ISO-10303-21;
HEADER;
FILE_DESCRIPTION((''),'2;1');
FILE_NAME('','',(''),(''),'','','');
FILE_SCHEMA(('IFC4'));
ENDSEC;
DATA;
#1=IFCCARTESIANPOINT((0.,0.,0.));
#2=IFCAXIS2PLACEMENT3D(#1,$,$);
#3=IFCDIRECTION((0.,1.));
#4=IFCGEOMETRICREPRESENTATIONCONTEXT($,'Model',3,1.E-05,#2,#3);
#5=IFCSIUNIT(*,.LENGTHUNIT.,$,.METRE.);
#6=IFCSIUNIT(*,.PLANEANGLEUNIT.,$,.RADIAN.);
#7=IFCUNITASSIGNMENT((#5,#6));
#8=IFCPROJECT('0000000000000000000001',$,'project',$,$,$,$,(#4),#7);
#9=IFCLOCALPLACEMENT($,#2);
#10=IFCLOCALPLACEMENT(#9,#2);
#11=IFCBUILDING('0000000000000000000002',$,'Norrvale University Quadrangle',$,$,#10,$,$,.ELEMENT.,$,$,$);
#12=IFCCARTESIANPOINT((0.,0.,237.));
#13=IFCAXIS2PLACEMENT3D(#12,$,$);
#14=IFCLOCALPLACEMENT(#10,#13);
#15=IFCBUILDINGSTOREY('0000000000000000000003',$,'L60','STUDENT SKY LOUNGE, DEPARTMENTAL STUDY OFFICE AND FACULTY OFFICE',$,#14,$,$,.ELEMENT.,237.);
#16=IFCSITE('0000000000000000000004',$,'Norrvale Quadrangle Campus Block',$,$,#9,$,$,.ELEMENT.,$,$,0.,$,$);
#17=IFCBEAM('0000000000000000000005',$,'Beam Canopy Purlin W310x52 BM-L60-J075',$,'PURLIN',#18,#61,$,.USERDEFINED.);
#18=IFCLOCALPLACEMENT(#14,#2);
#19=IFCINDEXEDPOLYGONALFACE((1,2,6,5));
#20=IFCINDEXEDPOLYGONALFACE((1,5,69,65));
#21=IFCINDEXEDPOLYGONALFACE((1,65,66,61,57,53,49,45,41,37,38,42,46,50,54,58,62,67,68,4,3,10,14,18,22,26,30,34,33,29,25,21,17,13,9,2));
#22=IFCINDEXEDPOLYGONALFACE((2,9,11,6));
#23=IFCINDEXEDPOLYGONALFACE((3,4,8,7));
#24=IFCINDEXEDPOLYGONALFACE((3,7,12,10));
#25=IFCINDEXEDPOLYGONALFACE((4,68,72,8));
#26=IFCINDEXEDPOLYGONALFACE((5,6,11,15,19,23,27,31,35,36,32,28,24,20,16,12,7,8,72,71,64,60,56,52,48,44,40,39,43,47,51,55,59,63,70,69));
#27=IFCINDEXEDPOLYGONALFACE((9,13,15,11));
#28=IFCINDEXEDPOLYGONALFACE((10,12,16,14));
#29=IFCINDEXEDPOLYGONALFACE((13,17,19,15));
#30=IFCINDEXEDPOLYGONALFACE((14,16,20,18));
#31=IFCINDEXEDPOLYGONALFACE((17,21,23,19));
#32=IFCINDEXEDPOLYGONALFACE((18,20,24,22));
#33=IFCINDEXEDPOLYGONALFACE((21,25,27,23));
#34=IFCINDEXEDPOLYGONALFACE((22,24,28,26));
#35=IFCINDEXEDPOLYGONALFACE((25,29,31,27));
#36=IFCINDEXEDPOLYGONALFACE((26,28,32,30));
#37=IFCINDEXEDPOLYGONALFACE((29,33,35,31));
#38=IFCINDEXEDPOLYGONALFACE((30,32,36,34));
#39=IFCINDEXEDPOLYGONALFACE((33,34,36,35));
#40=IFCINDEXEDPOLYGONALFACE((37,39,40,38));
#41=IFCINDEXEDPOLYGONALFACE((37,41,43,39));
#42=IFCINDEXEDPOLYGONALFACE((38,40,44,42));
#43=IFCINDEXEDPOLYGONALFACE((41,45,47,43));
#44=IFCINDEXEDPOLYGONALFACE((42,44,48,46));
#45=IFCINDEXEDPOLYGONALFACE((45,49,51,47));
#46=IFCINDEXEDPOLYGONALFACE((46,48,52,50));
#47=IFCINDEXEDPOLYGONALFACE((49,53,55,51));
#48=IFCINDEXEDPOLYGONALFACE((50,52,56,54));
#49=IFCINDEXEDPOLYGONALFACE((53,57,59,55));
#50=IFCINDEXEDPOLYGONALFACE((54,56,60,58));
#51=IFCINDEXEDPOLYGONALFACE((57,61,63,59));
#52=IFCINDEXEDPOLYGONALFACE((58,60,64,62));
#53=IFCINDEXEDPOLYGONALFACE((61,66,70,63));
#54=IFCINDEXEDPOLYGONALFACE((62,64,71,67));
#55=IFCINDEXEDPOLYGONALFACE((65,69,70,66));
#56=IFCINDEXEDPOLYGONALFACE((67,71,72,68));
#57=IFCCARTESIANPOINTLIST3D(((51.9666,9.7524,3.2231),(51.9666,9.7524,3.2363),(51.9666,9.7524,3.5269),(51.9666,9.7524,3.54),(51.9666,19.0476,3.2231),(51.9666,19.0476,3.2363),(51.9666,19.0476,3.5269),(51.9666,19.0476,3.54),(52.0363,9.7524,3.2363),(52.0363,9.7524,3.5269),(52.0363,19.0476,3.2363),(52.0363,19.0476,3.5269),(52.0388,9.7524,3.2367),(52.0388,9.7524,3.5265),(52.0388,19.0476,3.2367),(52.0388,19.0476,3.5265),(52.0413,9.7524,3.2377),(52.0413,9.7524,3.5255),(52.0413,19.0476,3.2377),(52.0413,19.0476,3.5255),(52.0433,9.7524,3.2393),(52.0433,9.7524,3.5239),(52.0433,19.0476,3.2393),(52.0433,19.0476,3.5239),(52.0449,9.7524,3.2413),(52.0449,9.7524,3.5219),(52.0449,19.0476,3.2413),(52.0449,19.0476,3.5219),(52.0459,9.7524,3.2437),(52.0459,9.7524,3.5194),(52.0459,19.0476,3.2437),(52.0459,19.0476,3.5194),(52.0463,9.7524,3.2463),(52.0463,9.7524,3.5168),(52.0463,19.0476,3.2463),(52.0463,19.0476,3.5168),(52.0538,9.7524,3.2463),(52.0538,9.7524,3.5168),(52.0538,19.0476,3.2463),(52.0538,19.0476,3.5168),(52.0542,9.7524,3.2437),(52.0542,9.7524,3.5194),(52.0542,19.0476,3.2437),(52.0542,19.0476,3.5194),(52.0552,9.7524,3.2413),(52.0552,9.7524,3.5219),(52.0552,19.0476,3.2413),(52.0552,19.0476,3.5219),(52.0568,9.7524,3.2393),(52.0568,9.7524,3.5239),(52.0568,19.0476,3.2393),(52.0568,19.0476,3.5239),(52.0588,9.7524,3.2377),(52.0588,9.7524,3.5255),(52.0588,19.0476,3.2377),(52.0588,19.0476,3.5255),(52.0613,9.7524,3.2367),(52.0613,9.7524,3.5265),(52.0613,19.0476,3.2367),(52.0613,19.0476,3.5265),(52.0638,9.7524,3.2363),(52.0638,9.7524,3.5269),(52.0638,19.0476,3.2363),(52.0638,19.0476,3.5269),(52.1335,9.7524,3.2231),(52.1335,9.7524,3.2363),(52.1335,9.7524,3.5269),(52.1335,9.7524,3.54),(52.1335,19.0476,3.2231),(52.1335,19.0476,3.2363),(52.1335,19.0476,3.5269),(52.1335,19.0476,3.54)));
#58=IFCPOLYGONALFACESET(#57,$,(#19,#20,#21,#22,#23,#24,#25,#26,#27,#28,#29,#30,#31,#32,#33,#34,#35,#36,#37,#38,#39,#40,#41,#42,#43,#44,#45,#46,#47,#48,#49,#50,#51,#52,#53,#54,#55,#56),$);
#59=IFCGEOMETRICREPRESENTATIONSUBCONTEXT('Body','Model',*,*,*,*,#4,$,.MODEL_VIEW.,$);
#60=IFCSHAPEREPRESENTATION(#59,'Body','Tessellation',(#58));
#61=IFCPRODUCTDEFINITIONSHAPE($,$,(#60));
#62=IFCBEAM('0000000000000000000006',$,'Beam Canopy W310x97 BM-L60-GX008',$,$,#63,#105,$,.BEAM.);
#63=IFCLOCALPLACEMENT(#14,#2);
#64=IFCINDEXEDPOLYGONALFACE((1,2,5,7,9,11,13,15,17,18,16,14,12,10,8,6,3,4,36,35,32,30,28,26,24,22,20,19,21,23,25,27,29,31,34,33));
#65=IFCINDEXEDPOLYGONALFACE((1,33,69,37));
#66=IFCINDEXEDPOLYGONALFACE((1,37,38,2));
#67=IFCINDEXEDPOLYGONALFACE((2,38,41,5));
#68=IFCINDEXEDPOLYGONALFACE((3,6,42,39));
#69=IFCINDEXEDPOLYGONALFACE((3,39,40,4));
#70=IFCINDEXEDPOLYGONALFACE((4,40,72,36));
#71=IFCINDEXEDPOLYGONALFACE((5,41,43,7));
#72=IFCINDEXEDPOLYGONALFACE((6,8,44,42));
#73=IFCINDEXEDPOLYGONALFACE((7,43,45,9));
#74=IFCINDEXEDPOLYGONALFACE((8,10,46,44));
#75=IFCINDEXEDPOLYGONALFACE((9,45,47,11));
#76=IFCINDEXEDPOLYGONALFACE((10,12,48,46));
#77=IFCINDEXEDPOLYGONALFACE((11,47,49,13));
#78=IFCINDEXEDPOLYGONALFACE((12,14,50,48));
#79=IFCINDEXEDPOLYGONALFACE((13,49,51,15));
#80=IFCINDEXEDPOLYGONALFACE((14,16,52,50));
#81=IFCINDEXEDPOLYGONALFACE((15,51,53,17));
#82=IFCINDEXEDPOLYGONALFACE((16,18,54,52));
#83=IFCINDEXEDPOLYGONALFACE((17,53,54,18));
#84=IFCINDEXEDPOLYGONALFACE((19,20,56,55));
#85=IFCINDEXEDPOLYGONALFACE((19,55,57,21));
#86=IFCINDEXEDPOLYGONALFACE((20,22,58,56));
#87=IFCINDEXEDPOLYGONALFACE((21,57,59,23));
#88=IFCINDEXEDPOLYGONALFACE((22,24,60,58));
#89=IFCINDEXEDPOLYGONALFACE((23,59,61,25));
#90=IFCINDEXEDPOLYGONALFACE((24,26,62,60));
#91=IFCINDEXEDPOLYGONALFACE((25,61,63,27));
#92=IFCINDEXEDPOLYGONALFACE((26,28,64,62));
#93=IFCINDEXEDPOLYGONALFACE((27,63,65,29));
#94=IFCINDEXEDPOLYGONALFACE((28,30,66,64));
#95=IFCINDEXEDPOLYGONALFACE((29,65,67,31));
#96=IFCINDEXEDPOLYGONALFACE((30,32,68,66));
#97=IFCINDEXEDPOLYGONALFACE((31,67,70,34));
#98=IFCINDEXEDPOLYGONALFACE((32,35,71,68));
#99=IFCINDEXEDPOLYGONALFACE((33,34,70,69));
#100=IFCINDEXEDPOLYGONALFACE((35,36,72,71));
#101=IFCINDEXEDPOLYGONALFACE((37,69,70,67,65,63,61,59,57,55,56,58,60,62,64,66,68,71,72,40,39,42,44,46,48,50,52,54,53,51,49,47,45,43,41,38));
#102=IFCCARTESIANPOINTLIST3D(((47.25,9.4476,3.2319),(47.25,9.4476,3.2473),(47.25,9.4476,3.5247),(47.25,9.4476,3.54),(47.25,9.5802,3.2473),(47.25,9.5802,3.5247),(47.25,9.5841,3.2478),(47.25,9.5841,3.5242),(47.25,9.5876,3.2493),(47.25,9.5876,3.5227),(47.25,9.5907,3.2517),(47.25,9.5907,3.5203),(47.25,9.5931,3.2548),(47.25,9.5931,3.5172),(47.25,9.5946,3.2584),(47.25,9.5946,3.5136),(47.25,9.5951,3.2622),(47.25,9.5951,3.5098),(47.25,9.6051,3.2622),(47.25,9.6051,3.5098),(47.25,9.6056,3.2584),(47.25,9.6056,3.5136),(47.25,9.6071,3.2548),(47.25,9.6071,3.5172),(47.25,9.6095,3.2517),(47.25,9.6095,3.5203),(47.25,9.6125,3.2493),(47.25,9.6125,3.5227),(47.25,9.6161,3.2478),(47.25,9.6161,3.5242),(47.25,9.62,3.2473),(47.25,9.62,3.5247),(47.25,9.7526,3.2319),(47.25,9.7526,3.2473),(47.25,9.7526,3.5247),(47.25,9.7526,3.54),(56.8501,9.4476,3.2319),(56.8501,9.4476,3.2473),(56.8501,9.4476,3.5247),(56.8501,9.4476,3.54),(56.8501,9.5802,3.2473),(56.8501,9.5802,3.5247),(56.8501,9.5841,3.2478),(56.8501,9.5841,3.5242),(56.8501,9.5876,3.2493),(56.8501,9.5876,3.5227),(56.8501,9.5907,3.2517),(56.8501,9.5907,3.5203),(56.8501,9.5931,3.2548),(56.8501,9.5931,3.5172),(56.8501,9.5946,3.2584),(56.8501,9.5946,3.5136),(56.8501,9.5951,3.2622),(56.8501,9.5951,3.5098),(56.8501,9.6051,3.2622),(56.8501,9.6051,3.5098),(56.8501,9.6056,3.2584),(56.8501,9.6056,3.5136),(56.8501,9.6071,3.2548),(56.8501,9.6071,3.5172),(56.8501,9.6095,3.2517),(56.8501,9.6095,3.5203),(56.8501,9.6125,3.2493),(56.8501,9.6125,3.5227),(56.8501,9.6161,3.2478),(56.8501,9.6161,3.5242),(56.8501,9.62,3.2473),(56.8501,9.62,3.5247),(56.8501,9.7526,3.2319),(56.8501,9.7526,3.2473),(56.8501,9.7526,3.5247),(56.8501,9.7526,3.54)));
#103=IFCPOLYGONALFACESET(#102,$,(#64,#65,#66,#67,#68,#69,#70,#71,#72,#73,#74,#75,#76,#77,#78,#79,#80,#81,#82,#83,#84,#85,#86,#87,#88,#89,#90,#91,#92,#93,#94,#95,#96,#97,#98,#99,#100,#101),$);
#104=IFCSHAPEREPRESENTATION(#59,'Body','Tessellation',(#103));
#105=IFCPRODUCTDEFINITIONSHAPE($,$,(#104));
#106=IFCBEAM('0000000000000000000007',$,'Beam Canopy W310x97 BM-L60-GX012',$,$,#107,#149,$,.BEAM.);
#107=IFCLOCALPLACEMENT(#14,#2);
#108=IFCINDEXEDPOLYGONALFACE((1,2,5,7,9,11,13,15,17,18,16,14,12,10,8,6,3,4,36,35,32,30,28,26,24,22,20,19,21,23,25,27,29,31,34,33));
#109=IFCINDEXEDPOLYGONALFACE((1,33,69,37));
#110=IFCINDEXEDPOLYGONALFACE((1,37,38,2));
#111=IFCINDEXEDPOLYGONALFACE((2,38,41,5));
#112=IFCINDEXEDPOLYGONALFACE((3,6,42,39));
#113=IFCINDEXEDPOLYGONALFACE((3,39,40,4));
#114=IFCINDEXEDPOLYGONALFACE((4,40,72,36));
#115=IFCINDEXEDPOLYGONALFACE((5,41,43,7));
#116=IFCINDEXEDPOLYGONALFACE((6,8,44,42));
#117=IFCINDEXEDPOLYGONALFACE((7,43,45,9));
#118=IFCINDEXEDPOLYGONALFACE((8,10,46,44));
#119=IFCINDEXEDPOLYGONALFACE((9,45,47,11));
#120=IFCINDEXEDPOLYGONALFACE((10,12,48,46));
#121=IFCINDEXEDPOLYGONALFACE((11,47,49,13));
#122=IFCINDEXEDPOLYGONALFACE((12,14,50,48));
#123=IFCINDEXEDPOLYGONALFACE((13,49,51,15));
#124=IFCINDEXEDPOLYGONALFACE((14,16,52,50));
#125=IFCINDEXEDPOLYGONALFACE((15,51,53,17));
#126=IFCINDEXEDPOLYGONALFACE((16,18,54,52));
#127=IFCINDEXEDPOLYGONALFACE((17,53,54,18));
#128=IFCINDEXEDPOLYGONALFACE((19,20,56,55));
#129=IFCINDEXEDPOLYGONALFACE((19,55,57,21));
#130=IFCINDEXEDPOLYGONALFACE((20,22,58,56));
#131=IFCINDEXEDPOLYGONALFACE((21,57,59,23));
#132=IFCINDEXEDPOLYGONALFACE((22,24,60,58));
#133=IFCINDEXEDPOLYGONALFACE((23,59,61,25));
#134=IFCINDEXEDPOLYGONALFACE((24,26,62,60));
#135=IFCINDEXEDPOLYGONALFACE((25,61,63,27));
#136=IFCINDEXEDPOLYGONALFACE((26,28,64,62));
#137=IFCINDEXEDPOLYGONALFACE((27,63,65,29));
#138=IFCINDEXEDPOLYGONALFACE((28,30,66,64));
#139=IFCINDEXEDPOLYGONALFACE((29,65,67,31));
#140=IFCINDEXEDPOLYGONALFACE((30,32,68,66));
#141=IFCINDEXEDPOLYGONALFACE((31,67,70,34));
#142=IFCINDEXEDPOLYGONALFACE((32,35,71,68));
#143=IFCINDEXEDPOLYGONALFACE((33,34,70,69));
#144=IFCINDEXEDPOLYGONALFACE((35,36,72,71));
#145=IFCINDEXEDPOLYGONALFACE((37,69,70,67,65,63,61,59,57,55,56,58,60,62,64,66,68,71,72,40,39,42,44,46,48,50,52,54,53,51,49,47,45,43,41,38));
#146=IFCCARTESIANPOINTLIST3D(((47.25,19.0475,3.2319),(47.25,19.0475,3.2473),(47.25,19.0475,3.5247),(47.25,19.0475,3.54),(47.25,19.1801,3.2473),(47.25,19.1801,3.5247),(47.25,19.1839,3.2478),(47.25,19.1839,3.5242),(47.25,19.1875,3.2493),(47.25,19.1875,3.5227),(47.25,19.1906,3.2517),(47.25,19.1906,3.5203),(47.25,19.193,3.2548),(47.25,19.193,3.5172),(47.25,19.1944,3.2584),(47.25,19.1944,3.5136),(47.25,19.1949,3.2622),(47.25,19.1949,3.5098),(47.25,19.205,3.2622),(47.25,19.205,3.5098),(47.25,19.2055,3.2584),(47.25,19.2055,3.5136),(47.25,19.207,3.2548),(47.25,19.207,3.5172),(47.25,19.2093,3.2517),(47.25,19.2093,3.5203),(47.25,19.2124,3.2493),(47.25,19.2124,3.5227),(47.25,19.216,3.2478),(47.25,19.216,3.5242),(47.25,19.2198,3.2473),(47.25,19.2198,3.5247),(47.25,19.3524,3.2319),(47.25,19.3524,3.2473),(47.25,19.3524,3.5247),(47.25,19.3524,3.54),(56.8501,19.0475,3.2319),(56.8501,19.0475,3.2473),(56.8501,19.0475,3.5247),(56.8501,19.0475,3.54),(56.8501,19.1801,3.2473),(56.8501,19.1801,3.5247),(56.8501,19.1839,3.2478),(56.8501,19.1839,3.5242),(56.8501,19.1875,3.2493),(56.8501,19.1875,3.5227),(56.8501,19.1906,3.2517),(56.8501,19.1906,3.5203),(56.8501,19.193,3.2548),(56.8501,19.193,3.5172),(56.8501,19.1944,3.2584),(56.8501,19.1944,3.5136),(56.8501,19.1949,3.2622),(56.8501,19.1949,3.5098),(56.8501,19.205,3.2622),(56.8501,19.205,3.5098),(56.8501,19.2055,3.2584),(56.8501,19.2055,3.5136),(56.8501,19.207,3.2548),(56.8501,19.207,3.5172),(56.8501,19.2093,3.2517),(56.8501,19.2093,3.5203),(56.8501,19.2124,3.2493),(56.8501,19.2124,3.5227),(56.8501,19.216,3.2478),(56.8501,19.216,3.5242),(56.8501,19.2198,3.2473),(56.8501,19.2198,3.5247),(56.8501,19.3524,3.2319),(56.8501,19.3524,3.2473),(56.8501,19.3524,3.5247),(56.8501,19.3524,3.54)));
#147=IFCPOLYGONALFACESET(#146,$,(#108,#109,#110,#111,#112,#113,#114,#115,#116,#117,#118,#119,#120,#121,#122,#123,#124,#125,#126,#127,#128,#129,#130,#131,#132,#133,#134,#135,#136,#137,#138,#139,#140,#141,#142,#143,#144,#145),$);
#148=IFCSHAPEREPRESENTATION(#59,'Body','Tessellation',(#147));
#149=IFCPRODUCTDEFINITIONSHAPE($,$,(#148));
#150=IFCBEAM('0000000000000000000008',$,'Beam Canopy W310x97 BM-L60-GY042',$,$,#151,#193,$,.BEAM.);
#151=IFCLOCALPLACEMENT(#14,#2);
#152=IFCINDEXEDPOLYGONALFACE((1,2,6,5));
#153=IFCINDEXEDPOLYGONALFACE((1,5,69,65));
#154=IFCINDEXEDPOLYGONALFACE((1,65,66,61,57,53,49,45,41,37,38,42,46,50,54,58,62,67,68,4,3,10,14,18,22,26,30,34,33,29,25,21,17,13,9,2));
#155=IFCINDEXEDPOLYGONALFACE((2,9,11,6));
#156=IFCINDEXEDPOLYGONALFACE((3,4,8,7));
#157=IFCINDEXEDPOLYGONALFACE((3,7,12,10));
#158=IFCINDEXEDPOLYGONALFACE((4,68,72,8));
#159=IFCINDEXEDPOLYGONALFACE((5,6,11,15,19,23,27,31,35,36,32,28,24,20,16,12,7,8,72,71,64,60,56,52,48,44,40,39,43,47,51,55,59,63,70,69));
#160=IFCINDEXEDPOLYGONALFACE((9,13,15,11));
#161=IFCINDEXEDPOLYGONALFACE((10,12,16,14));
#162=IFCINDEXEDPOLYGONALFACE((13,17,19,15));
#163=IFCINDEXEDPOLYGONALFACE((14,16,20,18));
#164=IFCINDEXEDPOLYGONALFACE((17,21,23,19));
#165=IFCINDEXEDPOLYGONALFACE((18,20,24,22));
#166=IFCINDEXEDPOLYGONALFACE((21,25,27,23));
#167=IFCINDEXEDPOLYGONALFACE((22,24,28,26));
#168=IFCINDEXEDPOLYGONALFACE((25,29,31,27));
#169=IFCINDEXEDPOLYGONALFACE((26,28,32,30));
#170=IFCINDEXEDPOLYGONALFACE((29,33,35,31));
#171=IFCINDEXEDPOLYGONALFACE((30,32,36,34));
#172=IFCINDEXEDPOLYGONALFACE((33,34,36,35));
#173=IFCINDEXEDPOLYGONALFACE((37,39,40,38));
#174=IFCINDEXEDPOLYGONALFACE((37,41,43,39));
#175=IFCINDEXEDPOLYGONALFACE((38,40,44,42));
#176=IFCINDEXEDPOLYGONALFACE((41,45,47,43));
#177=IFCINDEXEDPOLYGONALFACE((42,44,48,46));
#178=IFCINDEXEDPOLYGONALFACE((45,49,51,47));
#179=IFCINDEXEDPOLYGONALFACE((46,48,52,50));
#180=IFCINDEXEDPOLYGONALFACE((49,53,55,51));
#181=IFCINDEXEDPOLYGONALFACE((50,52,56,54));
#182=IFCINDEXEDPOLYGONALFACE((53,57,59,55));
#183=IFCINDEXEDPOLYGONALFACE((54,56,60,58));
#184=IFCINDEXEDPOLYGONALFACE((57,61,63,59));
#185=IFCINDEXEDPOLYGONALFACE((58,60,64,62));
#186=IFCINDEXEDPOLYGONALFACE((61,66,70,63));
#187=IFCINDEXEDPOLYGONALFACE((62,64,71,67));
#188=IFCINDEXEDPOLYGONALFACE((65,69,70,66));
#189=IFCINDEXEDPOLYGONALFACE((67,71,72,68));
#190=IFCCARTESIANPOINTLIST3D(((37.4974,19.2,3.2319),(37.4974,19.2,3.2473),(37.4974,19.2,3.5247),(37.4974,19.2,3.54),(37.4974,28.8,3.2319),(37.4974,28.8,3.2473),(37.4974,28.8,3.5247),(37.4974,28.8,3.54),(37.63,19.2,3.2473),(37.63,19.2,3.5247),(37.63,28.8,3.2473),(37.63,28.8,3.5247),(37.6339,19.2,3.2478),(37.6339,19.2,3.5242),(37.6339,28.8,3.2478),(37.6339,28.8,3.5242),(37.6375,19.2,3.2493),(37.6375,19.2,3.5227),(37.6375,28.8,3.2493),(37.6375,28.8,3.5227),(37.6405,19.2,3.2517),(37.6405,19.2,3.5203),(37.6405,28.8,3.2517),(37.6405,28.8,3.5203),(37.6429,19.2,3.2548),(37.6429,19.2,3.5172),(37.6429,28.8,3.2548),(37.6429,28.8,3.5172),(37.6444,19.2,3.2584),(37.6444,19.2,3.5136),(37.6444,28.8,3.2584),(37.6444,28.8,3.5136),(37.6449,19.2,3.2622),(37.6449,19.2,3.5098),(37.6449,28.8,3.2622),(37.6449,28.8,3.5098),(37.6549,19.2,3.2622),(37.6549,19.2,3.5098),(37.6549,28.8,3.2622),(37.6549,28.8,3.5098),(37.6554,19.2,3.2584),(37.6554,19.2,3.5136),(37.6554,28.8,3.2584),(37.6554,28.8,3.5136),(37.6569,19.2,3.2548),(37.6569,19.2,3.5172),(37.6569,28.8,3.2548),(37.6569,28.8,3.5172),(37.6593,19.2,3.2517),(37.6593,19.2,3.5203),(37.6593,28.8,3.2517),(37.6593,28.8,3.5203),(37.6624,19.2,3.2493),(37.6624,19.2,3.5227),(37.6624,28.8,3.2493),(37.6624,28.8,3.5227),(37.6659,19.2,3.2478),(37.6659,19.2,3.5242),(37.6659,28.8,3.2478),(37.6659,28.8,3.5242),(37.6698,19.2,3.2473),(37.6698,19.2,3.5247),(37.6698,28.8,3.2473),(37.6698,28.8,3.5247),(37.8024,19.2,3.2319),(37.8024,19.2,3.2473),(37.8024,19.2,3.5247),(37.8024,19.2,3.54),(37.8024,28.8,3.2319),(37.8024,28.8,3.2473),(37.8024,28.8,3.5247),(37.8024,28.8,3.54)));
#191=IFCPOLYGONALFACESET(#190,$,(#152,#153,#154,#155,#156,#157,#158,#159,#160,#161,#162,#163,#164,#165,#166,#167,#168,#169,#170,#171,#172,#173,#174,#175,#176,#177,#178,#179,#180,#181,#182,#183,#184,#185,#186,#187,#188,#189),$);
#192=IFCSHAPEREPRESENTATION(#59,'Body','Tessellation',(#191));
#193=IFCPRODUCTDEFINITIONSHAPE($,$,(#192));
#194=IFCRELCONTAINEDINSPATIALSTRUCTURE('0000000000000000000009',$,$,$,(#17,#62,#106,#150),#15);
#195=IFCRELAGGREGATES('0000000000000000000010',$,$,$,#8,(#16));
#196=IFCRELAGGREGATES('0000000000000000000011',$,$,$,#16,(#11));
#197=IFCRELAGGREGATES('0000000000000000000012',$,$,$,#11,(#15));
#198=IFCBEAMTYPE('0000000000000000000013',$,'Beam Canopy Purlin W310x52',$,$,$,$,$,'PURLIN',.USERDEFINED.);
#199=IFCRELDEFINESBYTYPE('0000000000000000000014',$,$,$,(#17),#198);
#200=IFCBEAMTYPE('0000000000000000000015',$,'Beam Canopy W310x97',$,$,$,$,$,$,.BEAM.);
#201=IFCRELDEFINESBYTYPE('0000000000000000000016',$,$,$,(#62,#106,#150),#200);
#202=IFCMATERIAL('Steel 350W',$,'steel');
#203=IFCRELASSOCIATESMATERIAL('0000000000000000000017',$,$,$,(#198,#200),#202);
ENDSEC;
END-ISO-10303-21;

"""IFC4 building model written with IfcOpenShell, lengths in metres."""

from ifc_helpers import new_model, si_unit, direction, frame, origin, origin_2d, place, context, subcontext, project, spatial, i_section, extrude, material, material_profile, profile_set, type_object, element, save


model = new_model("IFC4")

# Units and contexts
model_context = context("Model", 3, precision=1e-05, world=origin(), true_north=direction((0.0, 1.0)))
body_context = subcontext(model_context, "Body", "Model", "MODEL_VIEW")
ifc_project = project(units=[si_unit("LENGTHUNIT", "METRE"), si_unit("PLANEANGLEUNIT", "RADIAN")], contexts=[model_context])

# Site, building, storey
site_placement = place(None, origin())
site = spatial("IfcSite", under=ifc_project, at=site_placement, Name="Norrvale Quadrangle Campus Block", CompositionType="ELEMENT", RefElevation=0.0)
building_placement = place(site_placement, origin())
building = spatial("IfcBuilding", under=site, at=building_placement, Name="Norrvale University Quadrangle", CompositionType="ELEMENT")
storey_placement = place(building_placement, frame((0.0, 0.0, 237.0)))
storey = spatial("IfcBuildingStorey", under=building, at=storey_placement, Name="L60", Description="STUDENT SKY LOUNGE, DEPARTMENTAL STUDY OFFICE AND FACULTY OFFICE", CompositionType="ELEMENT", Elevation=237.0)

# Beams
ifc_material_1 = material(Name="Steel 350W", Category="steel")
ifc_material_profile_1 = material_profile(ifc_material_1, i_section(OverallWidth=0.167, OverallDepth=0.3169, WebThickness=0.0076, FlangeThickness=0.0132, FilletRadius=0.01, at=origin_2d()), Name="Steel 350W")
ifc_profile_set_1 = profile_set([ifc_material_profile_1], Name="Steel 350W")
beam_type_1 = type_object("IfcBeamType", Name="Beam Canopy Purlin W310x52", ElementType="PURLIN", PredefinedType="USERDEFINED", material=ifc_profile_set_1)
for number, where, z_axis, x_axis, name in (
    (1, (52.05, 9.7524, 3.3816), (0.0, 1.0, 0.0), (-1.0, 0.0, 0.0), "Beam Canopy Purlin W310x52 BM-L60-J075"),
):
    element("IfcBeam", number, at=place(storey_placement, frame(where, z_axis=z_axis, x_axis=x_axis)), inside=storey, type_object=beam_type_1, Name=name, ObjectType="PURLIN", PredefinedType="USERDEFINED", context=body_context, shape_type="SweptSolid", body=[
        extrude(i_section(OverallWidth=0.167, OverallDepth=0.3169, WebThickness=0.0076, FlangeThickness=0.0132, FilletRadius=0.01, at=origin_2d()), origin(), (0.0, 0.0, 1.0), 9.2952),
    ])
ifc_material_profile_2 = material_profile(ifc_material_1, i_section(OverallWidth=0.3049, OverallDepth=0.3081, WebThickness=0.01, FlangeThickness=0.0154, FilletRadius=0.0149, at=origin_2d()), Name="Steel 350W")
ifc_profile_set_2 = profile_set([ifc_material_profile_2], Name="Steel 350W")
beam_type_2 = type_object("IfcBeamType", Name="Beam Canopy W310x97", PredefinedType="BEAM", material=ifc_profile_set_2)
for number, where, z_axis, x_axis, name in (
    (2, (47.25, 9.6001, 3.386), (1.0, 0.0, 0.0), (0.0, 1.0, 0.0), "Beam Canopy W310x97 BM-L60-GX008"),
    (3, (47.25, 19.2, 3.386), (1.0, 0.0, 0.0), (0.0, 1.0, 0.0), "Beam Canopy W310x97 BM-L60-GX012"),
    (4, (37.6499, 19.2, 3.386), (0.0, 1.0, 0.0), (-1.0, 0.0, 0.0), "Beam Canopy W310x97 BM-L60-GY042"),
):
    element("IfcBeam", number, at=place(storey_placement, frame(where, z_axis=z_axis, x_axis=x_axis)), inside=storey, type_object=beam_type_2, Name=name, PredefinedType="BEAM", context=body_context, shape_type="SweptSolid", body=[
        extrude(i_section(OverallWidth=0.3049, OverallDepth=0.3081, WebThickness=0.01, FlangeThickness=0.0154, FilletRadius=0.0149, at=origin_2d()), origin(), (0.0, 0.0, 1.0), 9.6001),
    ])

save(model, "model.ifc")
